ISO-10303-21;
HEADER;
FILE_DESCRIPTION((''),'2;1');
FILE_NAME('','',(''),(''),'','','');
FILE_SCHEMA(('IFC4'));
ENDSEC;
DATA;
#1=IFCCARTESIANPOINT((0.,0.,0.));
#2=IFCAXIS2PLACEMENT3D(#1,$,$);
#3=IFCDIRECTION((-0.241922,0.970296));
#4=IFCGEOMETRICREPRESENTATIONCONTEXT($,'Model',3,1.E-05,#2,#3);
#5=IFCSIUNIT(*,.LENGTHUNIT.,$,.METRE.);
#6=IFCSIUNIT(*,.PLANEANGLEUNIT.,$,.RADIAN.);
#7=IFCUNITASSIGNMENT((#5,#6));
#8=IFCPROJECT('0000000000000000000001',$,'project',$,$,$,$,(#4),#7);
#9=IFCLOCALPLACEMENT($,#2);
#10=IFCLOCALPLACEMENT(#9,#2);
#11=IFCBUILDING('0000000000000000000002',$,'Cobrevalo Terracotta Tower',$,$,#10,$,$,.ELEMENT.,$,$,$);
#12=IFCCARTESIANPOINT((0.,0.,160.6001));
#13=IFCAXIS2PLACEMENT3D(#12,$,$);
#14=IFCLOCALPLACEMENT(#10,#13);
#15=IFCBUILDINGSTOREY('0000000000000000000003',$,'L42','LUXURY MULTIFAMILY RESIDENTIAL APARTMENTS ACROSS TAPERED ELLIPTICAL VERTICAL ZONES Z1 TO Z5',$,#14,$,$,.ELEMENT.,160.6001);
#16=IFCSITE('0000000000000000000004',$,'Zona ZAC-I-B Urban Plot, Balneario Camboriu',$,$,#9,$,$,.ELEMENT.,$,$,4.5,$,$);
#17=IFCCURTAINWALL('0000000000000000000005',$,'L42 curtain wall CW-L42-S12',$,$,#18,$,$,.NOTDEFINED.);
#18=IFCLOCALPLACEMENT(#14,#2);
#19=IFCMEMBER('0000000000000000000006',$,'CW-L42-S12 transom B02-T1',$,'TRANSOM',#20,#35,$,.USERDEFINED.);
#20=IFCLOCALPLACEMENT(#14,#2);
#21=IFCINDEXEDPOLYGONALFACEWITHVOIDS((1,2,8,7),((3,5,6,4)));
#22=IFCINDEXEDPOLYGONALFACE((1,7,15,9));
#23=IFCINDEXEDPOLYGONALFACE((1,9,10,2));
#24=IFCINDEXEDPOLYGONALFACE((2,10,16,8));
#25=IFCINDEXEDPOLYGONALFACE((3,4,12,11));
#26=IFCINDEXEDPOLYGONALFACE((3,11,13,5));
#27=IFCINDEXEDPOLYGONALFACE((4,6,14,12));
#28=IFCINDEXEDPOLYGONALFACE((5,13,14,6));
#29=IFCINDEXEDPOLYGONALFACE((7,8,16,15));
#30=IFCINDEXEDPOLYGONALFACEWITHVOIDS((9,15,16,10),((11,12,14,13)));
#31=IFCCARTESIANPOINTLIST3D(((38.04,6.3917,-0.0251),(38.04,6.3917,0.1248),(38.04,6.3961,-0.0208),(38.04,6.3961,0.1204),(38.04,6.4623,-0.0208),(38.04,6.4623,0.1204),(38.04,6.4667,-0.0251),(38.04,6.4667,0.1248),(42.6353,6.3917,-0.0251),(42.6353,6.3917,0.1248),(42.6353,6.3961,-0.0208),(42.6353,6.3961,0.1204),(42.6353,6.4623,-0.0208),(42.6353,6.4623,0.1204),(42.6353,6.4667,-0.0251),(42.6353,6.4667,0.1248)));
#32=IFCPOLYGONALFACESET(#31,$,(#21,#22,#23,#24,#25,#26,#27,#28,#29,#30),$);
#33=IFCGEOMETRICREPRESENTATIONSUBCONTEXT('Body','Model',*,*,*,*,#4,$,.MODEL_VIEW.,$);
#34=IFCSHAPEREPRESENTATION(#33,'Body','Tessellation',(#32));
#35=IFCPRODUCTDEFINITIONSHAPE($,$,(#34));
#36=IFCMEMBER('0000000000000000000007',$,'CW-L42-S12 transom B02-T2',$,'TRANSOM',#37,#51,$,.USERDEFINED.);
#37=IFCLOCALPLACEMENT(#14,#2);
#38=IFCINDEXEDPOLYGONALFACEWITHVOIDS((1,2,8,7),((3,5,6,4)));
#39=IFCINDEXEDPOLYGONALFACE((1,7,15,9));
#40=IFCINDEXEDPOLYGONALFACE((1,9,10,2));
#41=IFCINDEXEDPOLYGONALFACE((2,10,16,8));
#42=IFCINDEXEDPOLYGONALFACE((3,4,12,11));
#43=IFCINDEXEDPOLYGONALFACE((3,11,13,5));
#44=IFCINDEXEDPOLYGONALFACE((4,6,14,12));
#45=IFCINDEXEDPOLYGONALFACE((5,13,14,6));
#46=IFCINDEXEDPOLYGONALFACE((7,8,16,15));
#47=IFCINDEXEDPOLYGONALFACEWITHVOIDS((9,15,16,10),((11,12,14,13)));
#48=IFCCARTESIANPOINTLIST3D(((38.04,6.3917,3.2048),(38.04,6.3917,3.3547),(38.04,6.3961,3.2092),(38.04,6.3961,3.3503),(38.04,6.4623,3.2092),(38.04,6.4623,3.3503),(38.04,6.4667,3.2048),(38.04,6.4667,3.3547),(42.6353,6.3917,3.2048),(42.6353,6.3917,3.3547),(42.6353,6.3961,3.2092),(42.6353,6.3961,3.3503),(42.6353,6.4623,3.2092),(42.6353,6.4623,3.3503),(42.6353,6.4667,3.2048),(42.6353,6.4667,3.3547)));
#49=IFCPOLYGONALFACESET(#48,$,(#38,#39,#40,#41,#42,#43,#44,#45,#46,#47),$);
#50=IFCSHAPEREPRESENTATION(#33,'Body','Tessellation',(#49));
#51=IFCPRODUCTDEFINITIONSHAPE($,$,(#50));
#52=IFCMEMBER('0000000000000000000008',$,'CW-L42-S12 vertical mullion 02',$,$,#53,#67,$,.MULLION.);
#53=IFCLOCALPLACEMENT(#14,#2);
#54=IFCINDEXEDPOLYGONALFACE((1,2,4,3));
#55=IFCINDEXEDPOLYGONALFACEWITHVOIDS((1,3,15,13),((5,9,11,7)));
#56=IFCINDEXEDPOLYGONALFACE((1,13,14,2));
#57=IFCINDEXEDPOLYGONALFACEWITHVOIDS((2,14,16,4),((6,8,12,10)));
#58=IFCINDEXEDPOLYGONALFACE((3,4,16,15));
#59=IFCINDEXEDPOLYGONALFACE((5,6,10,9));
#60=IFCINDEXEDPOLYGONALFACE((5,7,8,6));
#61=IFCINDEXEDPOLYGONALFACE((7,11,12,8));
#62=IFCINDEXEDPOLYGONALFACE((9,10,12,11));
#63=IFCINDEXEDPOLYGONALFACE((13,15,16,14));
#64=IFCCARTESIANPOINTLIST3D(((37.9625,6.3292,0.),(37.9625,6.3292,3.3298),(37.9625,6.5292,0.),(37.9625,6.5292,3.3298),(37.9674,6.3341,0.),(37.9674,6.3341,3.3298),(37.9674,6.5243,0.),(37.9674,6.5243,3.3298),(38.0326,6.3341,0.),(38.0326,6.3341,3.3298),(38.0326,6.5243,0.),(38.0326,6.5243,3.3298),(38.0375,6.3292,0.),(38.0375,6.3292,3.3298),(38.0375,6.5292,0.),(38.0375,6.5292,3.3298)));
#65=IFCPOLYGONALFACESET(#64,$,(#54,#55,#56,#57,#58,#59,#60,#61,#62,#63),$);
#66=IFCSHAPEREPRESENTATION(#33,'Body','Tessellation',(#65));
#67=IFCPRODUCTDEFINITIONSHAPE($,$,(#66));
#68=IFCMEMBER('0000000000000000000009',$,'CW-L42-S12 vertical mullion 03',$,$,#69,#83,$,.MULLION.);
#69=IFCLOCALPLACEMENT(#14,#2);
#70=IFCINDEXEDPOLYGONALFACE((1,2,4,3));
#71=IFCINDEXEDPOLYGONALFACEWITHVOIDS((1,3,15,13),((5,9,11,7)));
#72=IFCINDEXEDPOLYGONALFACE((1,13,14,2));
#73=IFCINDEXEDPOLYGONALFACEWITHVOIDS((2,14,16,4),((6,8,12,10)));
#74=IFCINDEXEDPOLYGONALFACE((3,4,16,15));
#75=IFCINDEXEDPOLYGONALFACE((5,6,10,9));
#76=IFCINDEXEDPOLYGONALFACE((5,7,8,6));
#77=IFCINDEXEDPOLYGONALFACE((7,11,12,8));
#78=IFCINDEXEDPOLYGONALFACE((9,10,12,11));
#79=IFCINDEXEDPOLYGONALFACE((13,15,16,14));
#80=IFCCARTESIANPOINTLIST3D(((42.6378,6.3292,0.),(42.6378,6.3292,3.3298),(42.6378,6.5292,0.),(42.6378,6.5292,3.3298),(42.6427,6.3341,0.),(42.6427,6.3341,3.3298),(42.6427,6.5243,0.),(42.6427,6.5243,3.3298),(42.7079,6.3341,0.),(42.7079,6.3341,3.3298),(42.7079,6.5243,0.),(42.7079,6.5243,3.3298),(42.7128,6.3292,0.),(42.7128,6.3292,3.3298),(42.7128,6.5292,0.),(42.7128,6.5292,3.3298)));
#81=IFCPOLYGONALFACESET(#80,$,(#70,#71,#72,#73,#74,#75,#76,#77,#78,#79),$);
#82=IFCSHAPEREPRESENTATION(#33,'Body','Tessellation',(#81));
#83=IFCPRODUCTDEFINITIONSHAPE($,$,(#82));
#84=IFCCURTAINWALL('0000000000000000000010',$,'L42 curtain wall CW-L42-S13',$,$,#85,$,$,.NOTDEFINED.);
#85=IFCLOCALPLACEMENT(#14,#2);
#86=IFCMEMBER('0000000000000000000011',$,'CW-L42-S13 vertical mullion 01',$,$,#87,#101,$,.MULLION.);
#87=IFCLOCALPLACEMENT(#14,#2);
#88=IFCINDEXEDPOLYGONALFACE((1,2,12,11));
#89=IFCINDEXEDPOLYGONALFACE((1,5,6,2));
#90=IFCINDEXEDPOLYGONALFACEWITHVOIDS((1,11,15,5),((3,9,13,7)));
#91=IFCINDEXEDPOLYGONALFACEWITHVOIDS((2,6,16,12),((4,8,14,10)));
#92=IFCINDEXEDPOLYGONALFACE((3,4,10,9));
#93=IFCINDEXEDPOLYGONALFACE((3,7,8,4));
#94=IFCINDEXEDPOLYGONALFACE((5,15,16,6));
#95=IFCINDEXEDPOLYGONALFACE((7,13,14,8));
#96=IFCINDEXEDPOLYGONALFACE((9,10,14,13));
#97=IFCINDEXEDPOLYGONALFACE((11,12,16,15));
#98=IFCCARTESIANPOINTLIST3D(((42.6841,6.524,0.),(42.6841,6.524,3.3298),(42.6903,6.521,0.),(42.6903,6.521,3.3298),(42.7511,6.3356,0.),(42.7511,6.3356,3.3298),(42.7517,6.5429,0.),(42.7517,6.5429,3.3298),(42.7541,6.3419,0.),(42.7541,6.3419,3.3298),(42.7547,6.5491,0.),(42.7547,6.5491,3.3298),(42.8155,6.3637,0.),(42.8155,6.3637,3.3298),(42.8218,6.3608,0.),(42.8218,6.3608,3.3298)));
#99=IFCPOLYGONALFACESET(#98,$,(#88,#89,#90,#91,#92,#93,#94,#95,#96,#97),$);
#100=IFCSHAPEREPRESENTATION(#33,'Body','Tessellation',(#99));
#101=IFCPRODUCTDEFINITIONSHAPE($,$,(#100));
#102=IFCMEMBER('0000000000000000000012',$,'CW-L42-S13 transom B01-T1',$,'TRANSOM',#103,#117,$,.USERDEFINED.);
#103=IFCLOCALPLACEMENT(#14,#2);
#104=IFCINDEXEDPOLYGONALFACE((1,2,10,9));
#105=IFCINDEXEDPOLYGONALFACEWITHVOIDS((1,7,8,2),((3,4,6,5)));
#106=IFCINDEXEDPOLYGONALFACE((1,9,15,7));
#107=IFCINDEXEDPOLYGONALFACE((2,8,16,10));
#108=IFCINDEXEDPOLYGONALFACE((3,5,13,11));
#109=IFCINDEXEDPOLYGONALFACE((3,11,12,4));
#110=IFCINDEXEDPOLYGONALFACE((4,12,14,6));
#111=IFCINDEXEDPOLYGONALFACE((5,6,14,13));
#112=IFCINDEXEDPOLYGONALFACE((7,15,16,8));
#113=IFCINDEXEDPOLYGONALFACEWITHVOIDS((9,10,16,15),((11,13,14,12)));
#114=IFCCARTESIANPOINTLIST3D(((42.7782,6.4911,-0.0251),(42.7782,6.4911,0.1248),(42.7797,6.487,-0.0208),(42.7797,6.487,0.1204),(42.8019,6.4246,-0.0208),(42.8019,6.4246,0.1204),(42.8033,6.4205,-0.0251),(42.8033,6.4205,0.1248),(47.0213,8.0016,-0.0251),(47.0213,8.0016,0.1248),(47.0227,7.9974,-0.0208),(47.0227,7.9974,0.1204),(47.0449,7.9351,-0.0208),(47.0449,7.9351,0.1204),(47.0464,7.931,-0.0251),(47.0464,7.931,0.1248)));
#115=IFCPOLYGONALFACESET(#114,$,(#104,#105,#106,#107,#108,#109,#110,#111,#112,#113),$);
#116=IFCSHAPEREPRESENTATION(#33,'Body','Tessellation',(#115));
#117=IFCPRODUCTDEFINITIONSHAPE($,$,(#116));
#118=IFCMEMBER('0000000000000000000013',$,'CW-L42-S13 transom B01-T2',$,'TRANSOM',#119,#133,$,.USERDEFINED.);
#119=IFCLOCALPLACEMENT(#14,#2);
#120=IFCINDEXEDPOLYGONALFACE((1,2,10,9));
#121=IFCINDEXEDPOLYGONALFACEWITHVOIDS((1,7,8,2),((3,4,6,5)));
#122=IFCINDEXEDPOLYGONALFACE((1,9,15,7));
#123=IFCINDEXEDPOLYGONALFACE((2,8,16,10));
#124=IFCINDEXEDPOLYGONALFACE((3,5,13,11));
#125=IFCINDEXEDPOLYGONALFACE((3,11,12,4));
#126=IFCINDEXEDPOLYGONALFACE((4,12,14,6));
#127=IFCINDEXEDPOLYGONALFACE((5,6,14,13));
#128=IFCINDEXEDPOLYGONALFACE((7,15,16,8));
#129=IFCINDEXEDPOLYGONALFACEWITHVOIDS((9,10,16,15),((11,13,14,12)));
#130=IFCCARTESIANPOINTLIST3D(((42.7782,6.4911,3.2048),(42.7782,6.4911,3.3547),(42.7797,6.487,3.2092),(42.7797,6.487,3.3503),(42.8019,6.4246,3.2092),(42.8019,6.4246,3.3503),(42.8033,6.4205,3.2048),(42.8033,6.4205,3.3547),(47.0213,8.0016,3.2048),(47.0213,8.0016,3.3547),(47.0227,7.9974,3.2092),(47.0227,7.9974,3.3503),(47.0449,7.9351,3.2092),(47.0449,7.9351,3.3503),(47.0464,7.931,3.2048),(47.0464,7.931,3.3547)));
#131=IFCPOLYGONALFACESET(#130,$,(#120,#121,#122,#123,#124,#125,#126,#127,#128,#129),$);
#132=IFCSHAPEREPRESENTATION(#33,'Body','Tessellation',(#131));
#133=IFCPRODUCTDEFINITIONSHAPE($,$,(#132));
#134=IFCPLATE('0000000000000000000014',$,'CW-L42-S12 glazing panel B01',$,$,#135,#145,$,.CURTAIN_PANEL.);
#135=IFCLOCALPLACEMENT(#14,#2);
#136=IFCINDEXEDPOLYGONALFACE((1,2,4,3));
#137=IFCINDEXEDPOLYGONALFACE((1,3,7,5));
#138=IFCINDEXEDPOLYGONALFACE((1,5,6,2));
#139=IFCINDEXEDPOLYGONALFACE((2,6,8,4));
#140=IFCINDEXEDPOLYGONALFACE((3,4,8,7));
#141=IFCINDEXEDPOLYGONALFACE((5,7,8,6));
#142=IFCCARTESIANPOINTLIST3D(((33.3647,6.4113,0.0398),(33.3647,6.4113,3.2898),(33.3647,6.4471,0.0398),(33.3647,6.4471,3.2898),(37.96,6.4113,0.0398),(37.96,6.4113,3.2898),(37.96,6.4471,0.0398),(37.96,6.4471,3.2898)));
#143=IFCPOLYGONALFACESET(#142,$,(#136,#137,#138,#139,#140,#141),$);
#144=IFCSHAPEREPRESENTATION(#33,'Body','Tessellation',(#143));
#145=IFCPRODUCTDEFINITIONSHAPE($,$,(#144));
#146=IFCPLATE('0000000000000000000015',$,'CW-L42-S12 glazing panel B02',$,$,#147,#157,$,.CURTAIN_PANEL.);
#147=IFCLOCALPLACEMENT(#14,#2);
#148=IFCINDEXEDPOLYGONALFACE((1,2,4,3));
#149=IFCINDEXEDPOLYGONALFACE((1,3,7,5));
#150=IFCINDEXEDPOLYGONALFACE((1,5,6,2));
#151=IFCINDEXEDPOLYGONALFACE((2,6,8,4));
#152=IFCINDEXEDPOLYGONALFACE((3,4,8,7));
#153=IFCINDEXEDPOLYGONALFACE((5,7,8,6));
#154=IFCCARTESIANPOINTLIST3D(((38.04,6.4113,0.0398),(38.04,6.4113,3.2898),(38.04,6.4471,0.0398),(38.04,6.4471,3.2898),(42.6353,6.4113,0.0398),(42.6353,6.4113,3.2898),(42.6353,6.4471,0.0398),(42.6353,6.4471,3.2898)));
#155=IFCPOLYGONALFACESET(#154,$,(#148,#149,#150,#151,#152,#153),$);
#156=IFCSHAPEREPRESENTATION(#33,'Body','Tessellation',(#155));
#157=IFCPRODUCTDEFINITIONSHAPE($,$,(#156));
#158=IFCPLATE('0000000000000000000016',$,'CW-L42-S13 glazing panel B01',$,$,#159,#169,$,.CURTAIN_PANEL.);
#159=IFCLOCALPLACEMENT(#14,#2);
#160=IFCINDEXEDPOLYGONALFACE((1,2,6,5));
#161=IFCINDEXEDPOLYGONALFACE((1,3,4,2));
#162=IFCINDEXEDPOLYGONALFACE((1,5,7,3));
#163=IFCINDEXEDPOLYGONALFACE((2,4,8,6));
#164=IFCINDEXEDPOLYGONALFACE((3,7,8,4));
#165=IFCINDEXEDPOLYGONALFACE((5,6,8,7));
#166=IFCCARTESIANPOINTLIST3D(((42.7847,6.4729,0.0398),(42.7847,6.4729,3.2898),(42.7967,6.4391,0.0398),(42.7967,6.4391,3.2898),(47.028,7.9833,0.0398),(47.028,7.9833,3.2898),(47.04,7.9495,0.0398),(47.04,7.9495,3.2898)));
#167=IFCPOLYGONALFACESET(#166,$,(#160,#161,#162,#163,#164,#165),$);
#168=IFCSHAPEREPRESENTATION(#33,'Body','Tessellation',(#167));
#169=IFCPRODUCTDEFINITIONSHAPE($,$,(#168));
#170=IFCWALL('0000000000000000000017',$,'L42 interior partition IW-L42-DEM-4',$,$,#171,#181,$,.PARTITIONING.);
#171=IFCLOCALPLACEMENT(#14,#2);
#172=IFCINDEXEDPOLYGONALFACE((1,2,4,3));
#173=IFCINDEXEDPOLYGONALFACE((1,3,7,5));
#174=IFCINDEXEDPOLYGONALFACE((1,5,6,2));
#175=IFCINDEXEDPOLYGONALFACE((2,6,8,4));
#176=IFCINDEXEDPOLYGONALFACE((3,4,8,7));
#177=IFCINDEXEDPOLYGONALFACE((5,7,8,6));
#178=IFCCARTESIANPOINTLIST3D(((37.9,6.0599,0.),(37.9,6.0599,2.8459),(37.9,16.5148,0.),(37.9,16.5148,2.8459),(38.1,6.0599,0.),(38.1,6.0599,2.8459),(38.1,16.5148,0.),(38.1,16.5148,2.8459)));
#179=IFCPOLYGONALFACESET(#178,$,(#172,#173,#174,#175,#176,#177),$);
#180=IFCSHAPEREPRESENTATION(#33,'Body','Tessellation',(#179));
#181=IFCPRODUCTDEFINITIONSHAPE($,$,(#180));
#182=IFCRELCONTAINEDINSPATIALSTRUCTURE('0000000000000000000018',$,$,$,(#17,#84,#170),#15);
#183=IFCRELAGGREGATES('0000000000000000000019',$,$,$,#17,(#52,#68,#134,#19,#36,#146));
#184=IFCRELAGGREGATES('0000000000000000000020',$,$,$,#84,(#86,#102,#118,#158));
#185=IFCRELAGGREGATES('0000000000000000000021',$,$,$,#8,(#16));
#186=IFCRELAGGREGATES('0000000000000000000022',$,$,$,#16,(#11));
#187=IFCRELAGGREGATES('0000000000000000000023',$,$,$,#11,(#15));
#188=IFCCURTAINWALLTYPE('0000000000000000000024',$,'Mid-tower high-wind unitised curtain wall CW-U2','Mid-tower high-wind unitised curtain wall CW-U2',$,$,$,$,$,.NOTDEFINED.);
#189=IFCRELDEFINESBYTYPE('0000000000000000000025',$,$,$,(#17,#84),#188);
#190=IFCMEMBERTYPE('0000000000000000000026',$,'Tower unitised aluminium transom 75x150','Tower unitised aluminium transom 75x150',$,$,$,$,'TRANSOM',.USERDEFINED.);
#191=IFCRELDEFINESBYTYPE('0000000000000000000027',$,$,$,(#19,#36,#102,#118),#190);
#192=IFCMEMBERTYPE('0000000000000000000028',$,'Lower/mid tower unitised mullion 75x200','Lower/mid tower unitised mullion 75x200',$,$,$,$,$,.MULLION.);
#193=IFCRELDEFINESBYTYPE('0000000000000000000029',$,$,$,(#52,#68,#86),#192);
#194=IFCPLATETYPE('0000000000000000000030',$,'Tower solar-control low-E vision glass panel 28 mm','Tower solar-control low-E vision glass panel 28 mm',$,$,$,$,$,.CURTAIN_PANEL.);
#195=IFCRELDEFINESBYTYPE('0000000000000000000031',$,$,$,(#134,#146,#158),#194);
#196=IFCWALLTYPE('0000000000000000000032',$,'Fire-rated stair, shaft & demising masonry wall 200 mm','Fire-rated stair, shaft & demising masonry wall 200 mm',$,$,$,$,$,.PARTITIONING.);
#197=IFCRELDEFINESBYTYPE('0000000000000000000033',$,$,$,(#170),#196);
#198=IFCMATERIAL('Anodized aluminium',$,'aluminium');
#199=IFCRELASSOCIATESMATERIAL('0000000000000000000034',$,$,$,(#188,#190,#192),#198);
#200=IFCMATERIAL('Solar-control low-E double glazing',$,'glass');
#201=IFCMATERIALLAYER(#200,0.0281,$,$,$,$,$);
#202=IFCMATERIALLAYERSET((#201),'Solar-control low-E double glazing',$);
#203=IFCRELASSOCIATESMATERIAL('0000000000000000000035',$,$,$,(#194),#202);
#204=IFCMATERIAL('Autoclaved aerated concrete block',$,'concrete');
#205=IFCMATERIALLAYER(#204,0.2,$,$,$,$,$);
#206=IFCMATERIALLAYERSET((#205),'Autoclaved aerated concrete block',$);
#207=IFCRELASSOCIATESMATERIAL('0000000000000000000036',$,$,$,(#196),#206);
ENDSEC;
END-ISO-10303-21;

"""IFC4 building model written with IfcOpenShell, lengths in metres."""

from ifc_helpers import new_model, si_unit, direction, frame, frame_2d, origin, origin_2d, place, context, subcontext, project, spatial, rectangle, hollow_rectangle, extrude, source, transform, mapped, material, layer, layer_set, material_profile, profile_set, type_object, element, aggregate, save


model = new_model("IFC4")

# Units and contexts
model_context = context("Model", 3, precision=1e-05, world=origin(), true_north=direction((-0.241922, 0.970296)))
body_context = subcontext(model_context, "Body", "Model", "MODEL_VIEW")
ifc_project = project(units=[si_unit("LENGTHUNIT", "METRE"), si_unit("PLANEANGLEUNIT", "RADIAN")], contexts=[model_context])

# Site, building, storey
site_placement = place(None, origin())
site = spatial("IfcSite", under=ifc_project, at=site_placement, Name="Zona ZAC-I-B Urban Plot, Balneario Camboriu", CompositionType="ELEMENT", RefElevation=4.5)
building_placement = place(site_placement, origin())
building = spatial("IfcBuilding", under=site, at=building_placement, Name="Cobrevalo Terracotta Tower", CompositionType="ELEMENT")
storey_placement = place(building_placement, frame((0.0, 0.0, 160.6001)))
storey = spatial("IfcBuildingStorey", under=building, at=storey_placement, Name="L42", Description="LUXURY MULTIFAMILY RESIDENTIAL APARTMENTS ACROSS TAPERED ELLIPTICAL VERTICAL ZONES Z1 TO Z5", CompositionType="ELEMENT", Elevation=160.6001)

# Curtain walls, members
ifc_material_1 = material(Name="Anodized aluminium", Category="aluminium")
curtain_wall_type = type_object("IfcCurtainWallType", Name="Mid-tower high-wind unitised curtain wall CW-U2", Description="Mid-tower high-wind unitised curtain wall CW-U2", PredefinedType="NOTDEFINED", material=ifc_material_1)
curtain_wall_1_placement = place(storey_placement, origin())
curtain_wall_1 = element("IfcCurtainWall", 1, at=curtain_wall_1_placement, inside=storey, type_object=curtain_wall_type, Name="L42 curtain wall CW-L42-S12", PredefinedType="NOTDEFINED")
ifc_material_profile_1 = material_profile(ifc_material_1, hollow_rectangle(XDim=0.075, YDim=0.1499, WallThickness=0.0044, at=origin_2d()), Name="CWT 75x150")
ifc_profile_set_1 = profile_set([ifc_material_profile_1], Name="Anodized aluminium")
member_type_1 = type_object("IfcMemberType", Name="Tower unitised aluminium transom 75x150", Description="Tower unitised aluminium transom 75x150", ElementType="TRANSOM", PredefinedType="USERDEFINED", material=ifc_profile_set_1)
shared_shape_1 = source(origin(), body_context, "Body", "SweptSolid", [
    extrude(hollow_rectangle(XDim=0.075, YDim=0.1499, WallThickness=0.0044, at=origin_2d()), origin(), (0.0, 0.0, 1.0), 4.5952),
])
member_1_placement = place(storey_placement, frame((38.04, 6.4292, 0.0498), z_axis=(1.0, 0.0, 0.0), x_axis=(0.0, 1.0, 0.0)))
member_1 = element("IfcMember", 2, at=member_1_placement, type_object=member_type_1, Name="CW-L42-S12 transom B02-T1", ObjectType="TRANSOM", PredefinedType="USERDEFINED", context=body_context, shape_type="MappedRepresentation", body=[
    mapped(shared_shape_1, transform((0.0, 0.0, 0.0), scale=1.0)),
])
member_2_placement = place(storey_placement, frame((38.04, 6.4292, 3.2798), z_axis=(1.0, 0.0, 0.0), x_axis=(0.0, 1.0, 0.0)))
member_2 = element("IfcMember", 3, at=member_2_placement, type_object=member_type_1, Name="CW-L42-S12 transom B02-T2", ObjectType="TRANSOM", PredefinedType="USERDEFINED", context=body_context, shape_type="MappedRepresentation", body=[
    mapped(shared_shape_1, transform((0.0, 0.0, 0.0), scale=1.0)),
])
ifc_material_profile_2 = material_profile(ifc_material_1, hollow_rectangle(XDim=0.075, YDim=0.2, WallThickness=0.0049, at=origin_2d()), Name="CWM 75x200")
ifc_profile_set_2 = profile_set([ifc_material_profile_2], Name="Anodized aluminium")
member_type_2 = type_object("IfcMemberType", Name="Lower/mid tower unitised mullion 75x200", Description="Lower/mid tower unitised mullion 75x200", PredefinedType="MULLION", material=ifc_profile_set_2)
shared_shape_2 = source(origin(), body_context, "Body", "SweptSolid", [
    extrude(hollow_rectangle(XDim=0.075, YDim=0.2, WallThickness=0.0049, at=origin_2d()), origin(), (0.0, 0.0, 1.0), 3.3298),
])
member_3_placement = place(storey_placement, frame((38.0, 6.4292, 0.0), z_axis=(0.0, 0.0, 1.0), x_axis=(1.0, 0.0, 0.0)))
member_3 = element("IfcMember", 4, at=member_3_placement, type_object=member_type_2, Name="CW-L42-S12 vertical mullion 02", PredefinedType="MULLION", context=body_context, shape_type="MappedRepresentation", body=[
    mapped(shared_shape_2, transform((0.0, 0.0, 0.0), scale=1.0)),
])
member_4_placement = place(storey_placement, frame((42.6753, 6.4292, 0.0), z_axis=(0.0, 0.0, 1.0), x_axis=(1.0, 0.0, 0.0)))
member_4 = element("IfcMember", 5, at=member_4_placement, type_object=member_type_2, Name="CW-L42-S12 vertical mullion 03", PredefinedType="MULLION", context=body_context, shape_type="MappedRepresentation", body=[
    mapped(shared_shape_2, transform((0.0, 0.0, 0.0), scale=1.0)),
])
curtain_wall_2_placement = place(storey_placement, origin())
curtain_wall_2 = element("IfcCurtainWall", 6, at=curtain_wall_2_placement, inside=storey, type_object=curtain_wall_type, Name="L42 curtain wall CW-L42-S13", PredefinedType="NOTDEFINED")
member_5_placement = place(storey_placement, frame((42.7529, 6.4424, 0.0), z_axis=(0.0, 0.0, 1.0), x_axis=(0.942098, 0.335336, 0.0)))
member_5 = element("IfcMember", 7, at=member_5_placement, type_object=member_type_2, Name="CW-L42-S13 vertical mullion 01", PredefinedType="MULLION", context=body_context, shape_type="MappedRepresentation", body=[
    mapped(shared_shape_2, transform((0.0, 0.0, 0.0), scale=1.0)),
])
shared_shape_3 = source(origin(), body_context, "Body", "SweptSolid", [
    extrude(hollow_rectangle(XDim=0.075, YDim=0.1499, WallThickness=0.0044, at=origin_2d()), origin(), (0.0, 0.0, 1.0), 4.5039),
])
member_6_placement = place(storey_placement, frame((42.7908, 6.4558, 0.0498), z_axis=(0.942087, 0.335368, 0.0), x_axis=(-0.335368, 0.942087, 0.0)))
member_6 = element("IfcMember", 8, at=member_6_placement, type_object=member_type_1, Name="CW-L42-S13 transom B01-T1", ObjectType="TRANSOM", PredefinedType="USERDEFINED", context=body_context, shape_type="MappedRepresentation", body=[
    mapped(shared_shape_3, transform((0.0, 0.0, 0.0), scale=1.0)),
])
member_7_placement = place(storey_placement, frame((42.7908, 6.4558, 3.2798), z_axis=(0.942087, 0.335368, 0.0), x_axis=(-0.335368, 0.942087, 0.0)))
member_7 = element("IfcMember", 9, at=member_7_placement, type_object=member_type_1, Name="CW-L42-S13 transom B01-T2", ObjectType="TRANSOM", PredefinedType="USERDEFINED", context=body_context, shape_type="MappedRepresentation", body=[
    mapped(shared_shape_3, transform((0.0, 0.0, 0.0), scale=1.0)),
])

# Plates
ifc_material_2 = material(Name="Solar-control low-E double glazing", Category="glass")
ifc_layer_1 = layer(ifc_material_2, 0.0281)
ifc_layer_set_1 = layer_set([ifc_layer_1], Name="Solar-control low-E double glazing")
plate_type = type_object("IfcPlateType", Name="Tower solar-control low-E vision glass panel 28 mm", Description="Tower solar-control low-E vision glass panel 28 mm", PredefinedType="CURTAIN_PANEL", material=ifc_layer_set_1)
shared_shape_4 = source(origin(), body_context, "Body", "SweptSolid", [
    extrude(rectangle(XDim=4.5952, YDim=0.0359, at=origin_2d()), origin(), (0.0, 0.0, 1.0), 3.25),
])
plate_1_placement = place(storey_placement, frame((35.6624, 6.4292, 0.0398), z_axis=(0.0, 0.0, 1.0), x_axis=(1.0, 0.0, 0.0)))
plate_1 = element("IfcPlate", 10, at=plate_1_placement, type_object=plate_type, Name="CW-L42-S12 glazing panel B01", PredefinedType="CURTAIN_PANEL", context=body_context, shape_type="MappedRepresentation", body=[
    mapped(shared_shape_4, transform((0.0, 0.0, 0.0), scale=1.0)),
])
plate_2_placement = place(storey_placement, frame((40.3376, 6.4292, 0.0398), z_axis=(0.0, 0.0, 1.0), x_axis=(1.0, 0.0, 0.0)))
plate_2 = element("IfcPlate", 11, at=plate_2_placement, type_object=plate_type, Name="CW-L42-S12 glazing panel B02", PredefinedType="CURTAIN_PANEL", context=body_context, shape_type="MappedRepresentation", body=[
    mapped(shared_shape_4, transform((0.0, 0.0, 0.0), scale=1.0)),
])
aggregate(curtain_wall_1, [member_3, member_4, plate_1, member_1, member_2, plate_2])
shared_shape_5 = source(origin(), body_context, "Body", "SweptSolid", [
    extrude(rectangle(XDim=4.5042, YDim=0.0359, at=origin_2d()), origin(), (0.0, 0.0, 1.0), 3.25),
])
plate_3_placement = place(storey_placement, frame((44.9124, 7.2112, 0.0398), z_axis=(0.0, 0.0, 1.0), x_axis=(0.942098, 0.335336, 0.0)))
plate_3 = element("IfcPlate", 12, at=plate_3_placement, type_object=plate_type, Name="CW-L42-S13 glazing panel B01", PredefinedType="CURTAIN_PANEL", context=body_context, shape_type="MappedRepresentation", body=[
    mapped(shared_shape_5, transform((0.0, 0.0, 0.0), scale=1.0)),
])
aggregate(curtain_wall_2, [member_5, member_6, member_7, plate_3])

# Wall
ifc_material_3 = material(Name="Autoclaved aerated concrete block", Category="concrete")
ifc_layer_2 = layer(ifc_material_3, 0.2)
ifc_layer_set_2 = layer_set([ifc_layer_2], Name="Autoclaved aerated concrete block")
wall_type_1 = type_object("IfcWallType", Name="Fire-rated stair, shaft & demising masonry wall 200 mm", Description="Fire-rated stair, shaft & demising masonry wall 200 mm", PredefinedType="PARTITIONING", material=ifc_layer_set_2)
wall_1_placement = place(storey_placement, frame((38.0, 16.5149, 0.0), z_axis=(0.0, 0.0, 1.0), x_axis=(0.0, -1.0, 0.0)))
element("IfcWall", 13, at=wall_1_placement, inside=storey, type_object=wall_type_1, Name="L42 interior partition IW-L42-DEM-4", PredefinedType="PARTITIONING", context=body_context, shape_type="SweptSolid", body=[
    extrude(rectangle(XDim=10.4548, YDim=0.2, at=frame_2d((5.2275, 0.0))), origin(), (0.0, 0.0, 1.0), 2.8459),
])

save(model, "model.ifc")
